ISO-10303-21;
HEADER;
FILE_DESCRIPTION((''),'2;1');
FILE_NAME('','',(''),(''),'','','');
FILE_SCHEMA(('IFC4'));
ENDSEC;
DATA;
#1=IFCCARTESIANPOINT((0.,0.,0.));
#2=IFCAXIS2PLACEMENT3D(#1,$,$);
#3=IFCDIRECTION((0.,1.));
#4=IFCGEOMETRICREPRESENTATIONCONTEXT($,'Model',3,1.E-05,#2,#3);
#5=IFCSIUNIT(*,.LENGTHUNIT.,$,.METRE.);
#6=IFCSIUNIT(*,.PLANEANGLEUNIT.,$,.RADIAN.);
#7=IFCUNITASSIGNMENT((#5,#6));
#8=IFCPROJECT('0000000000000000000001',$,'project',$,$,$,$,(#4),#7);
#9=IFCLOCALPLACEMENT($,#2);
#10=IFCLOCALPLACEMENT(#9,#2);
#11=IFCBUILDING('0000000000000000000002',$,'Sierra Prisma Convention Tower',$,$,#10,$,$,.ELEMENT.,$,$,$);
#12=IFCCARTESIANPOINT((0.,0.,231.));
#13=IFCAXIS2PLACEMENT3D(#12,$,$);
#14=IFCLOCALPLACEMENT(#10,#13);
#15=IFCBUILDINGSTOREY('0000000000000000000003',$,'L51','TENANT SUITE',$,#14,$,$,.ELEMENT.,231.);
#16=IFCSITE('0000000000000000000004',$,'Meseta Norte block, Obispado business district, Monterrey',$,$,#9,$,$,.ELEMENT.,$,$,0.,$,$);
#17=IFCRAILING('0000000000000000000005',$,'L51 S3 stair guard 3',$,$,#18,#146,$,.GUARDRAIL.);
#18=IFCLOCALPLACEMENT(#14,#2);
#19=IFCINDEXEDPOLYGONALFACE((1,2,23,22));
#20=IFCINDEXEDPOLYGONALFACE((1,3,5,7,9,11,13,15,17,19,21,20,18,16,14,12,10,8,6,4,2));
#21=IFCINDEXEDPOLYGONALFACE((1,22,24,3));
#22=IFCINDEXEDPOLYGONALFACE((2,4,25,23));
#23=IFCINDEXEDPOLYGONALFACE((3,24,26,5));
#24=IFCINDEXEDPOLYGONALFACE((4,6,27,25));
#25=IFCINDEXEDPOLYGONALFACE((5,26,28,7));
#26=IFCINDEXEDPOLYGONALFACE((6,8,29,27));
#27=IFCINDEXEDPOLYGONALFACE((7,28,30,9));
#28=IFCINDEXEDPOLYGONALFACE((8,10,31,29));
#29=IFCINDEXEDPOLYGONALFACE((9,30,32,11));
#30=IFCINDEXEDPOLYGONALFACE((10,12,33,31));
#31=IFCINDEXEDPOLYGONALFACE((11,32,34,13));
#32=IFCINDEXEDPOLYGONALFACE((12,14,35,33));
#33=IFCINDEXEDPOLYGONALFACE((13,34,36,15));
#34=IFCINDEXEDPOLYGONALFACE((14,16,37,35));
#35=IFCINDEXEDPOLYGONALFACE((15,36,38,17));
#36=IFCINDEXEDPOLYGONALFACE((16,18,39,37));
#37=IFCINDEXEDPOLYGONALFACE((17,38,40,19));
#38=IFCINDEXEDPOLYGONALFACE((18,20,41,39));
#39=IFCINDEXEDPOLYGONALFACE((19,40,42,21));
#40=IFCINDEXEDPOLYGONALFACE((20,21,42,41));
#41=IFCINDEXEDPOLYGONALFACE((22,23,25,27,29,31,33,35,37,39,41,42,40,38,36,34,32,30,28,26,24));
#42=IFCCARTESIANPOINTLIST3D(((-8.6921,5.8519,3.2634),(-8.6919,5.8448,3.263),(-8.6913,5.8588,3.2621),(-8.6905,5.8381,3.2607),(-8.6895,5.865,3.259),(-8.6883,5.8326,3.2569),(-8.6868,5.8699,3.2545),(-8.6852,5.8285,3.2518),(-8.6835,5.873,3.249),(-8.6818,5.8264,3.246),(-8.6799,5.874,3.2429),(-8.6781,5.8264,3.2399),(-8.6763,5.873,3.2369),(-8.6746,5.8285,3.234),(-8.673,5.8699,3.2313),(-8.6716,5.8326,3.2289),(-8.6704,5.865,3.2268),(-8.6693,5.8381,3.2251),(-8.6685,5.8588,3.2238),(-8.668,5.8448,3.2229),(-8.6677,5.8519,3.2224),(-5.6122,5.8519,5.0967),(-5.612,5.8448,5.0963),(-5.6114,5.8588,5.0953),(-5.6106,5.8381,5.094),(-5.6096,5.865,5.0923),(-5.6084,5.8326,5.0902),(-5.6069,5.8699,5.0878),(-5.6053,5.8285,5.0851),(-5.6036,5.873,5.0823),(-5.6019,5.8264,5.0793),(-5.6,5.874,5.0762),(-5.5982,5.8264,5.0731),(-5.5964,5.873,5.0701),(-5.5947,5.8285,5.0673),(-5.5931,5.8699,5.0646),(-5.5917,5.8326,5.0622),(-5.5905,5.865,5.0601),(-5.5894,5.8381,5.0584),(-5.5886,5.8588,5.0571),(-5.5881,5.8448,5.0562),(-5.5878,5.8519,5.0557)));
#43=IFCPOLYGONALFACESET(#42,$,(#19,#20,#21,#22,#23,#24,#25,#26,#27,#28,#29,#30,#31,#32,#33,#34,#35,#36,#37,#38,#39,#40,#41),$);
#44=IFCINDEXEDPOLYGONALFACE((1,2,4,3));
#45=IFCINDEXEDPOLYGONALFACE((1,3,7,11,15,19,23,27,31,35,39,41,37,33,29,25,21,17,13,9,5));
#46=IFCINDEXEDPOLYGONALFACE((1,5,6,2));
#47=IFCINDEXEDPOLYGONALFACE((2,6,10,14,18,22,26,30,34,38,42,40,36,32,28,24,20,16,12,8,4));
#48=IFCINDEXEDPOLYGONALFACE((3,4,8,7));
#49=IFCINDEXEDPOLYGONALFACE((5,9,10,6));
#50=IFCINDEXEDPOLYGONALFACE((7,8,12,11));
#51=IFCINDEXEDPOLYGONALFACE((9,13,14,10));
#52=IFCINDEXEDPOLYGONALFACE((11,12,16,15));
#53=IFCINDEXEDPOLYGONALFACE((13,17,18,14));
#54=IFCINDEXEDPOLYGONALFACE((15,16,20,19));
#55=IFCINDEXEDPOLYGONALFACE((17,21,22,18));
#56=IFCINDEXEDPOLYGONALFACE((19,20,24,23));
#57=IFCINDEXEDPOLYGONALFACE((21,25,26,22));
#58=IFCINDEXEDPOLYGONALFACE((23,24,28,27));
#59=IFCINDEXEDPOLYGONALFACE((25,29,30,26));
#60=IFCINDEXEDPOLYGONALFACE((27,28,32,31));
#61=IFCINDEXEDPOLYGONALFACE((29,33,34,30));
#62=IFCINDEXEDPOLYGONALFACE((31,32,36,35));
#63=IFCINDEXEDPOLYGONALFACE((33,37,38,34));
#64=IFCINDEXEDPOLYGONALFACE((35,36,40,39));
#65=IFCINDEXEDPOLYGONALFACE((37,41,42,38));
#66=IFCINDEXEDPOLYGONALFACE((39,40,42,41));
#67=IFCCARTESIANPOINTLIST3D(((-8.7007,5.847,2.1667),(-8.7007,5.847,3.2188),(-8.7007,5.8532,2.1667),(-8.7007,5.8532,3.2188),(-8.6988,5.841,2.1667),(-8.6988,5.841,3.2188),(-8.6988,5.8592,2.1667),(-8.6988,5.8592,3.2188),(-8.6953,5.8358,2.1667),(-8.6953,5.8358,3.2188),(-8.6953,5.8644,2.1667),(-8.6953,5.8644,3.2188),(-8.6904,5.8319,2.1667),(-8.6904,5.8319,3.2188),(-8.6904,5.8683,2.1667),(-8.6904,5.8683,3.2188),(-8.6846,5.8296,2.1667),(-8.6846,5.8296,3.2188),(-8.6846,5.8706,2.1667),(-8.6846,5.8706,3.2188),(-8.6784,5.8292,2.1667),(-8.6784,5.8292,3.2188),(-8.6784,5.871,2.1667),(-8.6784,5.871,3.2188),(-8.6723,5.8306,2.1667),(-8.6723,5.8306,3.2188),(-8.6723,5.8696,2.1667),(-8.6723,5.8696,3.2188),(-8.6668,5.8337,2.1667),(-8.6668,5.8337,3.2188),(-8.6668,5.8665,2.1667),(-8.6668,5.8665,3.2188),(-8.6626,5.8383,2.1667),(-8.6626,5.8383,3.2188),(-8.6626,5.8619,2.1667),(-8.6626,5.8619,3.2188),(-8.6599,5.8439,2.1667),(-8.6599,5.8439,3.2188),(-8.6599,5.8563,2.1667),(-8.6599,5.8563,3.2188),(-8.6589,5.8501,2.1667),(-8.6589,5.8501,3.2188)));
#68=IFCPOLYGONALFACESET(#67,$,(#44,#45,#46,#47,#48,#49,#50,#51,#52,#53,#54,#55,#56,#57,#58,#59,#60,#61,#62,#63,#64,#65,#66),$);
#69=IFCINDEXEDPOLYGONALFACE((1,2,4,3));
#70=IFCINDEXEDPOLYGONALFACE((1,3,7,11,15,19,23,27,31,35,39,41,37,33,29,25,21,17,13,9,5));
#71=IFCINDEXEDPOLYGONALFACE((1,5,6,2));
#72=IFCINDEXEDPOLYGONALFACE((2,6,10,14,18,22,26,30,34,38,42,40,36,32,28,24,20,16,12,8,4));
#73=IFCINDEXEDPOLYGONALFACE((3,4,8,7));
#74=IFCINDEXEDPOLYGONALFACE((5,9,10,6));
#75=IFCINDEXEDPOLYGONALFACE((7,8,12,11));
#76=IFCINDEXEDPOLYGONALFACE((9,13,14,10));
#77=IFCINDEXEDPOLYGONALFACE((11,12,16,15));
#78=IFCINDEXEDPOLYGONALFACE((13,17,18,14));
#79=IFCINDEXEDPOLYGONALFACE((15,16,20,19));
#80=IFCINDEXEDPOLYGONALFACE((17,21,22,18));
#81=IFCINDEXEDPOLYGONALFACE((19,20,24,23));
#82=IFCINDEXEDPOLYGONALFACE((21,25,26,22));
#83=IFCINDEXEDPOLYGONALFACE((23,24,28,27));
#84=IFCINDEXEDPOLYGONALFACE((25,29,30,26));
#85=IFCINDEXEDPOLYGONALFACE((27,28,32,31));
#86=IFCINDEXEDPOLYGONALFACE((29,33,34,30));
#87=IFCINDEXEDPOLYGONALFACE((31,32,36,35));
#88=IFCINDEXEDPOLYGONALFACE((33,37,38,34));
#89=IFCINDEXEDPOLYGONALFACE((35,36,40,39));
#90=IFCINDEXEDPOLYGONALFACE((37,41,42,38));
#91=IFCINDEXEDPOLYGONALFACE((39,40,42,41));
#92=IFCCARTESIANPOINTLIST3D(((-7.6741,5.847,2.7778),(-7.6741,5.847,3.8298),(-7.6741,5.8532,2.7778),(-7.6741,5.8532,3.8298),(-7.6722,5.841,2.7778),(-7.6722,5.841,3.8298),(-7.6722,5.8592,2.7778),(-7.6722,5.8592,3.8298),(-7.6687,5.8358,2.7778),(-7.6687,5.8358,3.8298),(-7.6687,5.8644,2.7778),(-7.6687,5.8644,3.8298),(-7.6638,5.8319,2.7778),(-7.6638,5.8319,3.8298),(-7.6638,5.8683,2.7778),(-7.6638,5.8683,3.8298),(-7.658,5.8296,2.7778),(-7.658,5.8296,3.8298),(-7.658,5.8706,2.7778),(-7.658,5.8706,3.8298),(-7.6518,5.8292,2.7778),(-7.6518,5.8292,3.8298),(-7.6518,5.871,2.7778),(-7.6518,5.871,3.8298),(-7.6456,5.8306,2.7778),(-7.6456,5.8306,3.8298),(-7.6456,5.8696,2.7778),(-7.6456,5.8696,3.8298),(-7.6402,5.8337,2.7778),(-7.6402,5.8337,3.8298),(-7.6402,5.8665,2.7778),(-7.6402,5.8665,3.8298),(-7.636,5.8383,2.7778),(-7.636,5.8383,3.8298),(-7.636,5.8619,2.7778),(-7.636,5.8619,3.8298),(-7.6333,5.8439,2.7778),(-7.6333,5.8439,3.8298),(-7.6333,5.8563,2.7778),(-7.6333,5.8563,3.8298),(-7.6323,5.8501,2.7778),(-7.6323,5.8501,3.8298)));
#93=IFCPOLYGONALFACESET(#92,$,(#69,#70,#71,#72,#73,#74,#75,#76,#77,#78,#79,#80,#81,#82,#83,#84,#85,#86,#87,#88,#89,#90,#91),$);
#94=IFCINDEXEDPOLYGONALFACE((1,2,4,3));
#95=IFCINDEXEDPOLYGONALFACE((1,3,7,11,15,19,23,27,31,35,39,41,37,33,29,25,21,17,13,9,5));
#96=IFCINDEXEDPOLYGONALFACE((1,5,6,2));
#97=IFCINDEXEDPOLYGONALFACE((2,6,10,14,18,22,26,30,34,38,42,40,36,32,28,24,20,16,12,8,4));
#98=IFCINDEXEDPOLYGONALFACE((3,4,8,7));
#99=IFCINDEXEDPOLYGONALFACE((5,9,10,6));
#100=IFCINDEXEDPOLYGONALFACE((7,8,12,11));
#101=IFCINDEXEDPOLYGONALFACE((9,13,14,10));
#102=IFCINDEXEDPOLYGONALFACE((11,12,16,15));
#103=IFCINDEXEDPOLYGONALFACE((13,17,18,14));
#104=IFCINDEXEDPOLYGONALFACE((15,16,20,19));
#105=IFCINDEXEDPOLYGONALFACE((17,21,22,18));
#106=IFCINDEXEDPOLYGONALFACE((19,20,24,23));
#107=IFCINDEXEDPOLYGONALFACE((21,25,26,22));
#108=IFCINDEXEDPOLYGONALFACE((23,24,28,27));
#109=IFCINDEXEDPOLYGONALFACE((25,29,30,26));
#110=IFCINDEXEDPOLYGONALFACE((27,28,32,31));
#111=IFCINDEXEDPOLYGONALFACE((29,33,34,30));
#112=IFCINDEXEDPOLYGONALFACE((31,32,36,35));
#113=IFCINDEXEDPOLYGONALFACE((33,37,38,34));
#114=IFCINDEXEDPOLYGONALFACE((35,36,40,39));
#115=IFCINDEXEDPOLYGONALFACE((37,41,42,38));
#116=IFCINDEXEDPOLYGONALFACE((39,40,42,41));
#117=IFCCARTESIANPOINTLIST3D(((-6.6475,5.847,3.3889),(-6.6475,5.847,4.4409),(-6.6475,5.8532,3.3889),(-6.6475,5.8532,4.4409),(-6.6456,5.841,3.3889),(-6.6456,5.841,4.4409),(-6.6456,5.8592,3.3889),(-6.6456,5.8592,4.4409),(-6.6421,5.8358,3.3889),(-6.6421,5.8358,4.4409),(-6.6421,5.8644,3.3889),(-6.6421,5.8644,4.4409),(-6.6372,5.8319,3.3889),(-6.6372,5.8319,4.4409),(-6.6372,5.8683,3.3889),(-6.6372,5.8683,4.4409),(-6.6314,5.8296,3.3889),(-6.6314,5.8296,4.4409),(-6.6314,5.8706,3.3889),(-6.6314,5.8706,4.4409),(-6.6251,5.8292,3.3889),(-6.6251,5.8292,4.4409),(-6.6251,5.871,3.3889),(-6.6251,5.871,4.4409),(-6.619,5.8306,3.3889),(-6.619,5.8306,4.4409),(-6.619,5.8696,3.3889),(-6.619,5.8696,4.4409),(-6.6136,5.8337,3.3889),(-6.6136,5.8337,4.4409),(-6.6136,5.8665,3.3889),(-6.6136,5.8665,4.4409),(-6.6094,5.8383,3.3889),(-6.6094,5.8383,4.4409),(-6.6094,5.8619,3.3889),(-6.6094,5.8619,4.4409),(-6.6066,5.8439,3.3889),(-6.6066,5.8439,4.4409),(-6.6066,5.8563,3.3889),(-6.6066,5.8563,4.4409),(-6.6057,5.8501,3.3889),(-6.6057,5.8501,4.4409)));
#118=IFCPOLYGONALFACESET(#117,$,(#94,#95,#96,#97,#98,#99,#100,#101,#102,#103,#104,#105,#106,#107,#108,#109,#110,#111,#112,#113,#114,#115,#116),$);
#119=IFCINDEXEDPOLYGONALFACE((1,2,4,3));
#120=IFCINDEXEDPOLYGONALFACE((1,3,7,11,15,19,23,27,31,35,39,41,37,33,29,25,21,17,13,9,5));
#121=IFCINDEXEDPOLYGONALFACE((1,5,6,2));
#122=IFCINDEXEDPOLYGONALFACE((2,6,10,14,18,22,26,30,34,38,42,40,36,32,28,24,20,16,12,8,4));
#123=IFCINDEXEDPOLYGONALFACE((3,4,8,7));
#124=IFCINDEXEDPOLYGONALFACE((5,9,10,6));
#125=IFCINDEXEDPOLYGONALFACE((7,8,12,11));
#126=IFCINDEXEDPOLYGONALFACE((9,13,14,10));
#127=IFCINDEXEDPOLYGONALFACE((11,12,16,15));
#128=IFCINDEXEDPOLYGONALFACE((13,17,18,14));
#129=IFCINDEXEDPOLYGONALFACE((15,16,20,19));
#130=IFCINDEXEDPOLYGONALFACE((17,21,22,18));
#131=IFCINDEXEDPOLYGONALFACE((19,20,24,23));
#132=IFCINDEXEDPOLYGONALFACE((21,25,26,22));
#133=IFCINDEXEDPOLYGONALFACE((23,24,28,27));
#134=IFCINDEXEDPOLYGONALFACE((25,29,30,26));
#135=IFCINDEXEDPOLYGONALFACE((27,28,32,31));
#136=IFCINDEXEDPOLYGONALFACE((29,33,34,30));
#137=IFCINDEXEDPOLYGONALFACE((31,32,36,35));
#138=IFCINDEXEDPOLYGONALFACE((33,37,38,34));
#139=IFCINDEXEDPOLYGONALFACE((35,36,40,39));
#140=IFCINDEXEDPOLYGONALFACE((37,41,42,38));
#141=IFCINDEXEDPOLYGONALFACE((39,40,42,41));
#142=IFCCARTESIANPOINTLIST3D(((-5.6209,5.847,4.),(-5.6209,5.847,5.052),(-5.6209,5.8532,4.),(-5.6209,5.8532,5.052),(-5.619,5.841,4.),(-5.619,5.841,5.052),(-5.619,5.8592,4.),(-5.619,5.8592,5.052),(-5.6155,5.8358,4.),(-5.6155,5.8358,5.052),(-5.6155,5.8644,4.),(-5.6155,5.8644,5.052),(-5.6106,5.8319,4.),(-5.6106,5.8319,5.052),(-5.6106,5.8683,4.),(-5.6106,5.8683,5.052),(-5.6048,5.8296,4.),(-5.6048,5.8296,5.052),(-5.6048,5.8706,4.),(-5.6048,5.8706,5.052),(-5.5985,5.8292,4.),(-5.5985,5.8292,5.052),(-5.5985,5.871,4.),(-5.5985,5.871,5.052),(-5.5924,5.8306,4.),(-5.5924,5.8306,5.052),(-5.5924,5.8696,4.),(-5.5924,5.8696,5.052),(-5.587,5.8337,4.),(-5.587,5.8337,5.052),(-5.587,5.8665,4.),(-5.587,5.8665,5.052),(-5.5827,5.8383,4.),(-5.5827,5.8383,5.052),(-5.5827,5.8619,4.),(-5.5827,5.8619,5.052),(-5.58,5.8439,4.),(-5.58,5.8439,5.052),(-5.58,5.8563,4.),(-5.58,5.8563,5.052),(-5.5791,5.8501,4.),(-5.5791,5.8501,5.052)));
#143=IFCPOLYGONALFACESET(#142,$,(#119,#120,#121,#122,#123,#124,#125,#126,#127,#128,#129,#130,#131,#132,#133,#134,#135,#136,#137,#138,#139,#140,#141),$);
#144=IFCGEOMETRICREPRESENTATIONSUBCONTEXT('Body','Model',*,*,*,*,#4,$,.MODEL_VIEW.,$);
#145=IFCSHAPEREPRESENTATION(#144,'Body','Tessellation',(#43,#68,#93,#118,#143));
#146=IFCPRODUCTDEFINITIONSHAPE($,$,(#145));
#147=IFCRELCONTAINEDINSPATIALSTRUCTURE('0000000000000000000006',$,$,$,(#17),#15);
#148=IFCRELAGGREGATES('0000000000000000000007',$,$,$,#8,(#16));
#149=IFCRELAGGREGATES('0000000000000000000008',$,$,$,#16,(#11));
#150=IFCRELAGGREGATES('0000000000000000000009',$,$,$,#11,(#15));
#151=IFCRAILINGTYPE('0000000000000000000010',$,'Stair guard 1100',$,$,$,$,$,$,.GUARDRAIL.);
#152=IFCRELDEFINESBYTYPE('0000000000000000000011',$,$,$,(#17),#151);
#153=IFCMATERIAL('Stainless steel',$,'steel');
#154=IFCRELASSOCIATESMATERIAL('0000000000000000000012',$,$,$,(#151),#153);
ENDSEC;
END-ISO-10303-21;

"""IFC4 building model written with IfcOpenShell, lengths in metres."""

from ifc_helpers import new_model, si_unit, direction, frame, origin, origin_2d, place, context, subcontext, project, spatial, circle, extrude, material, type_object, element, save


model = new_model("IFC4")

# Units and contexts
model_context = context("Model", 3, precision=1e-05, world=origin(), true_north=direction((0.0, 1.0)))
body_context = subcontext(model_context, "Body", "Model", "MODEL_VIEW")
ifc_project = project(units=[si_unit("LENGTHUNIT", "METRE"), si_unit("PLANEANGLEUNIT", "RADIAN")], contexts=[model_context])

# Site, building, storey
site_placement = place(None, origin())
site = spatial("IfcSite", under=ifc_project, at=site_placement, Name="Meseta Norte block, Obispado business district, Monterrey", CompositionType="ELEMENT", RefElevation=0.0)
building_placement = place(site_placement, origin())
building = spatial("IfcBuilding", under=site, at=building_placement, Name="Sierra Prisma Convention Tower", CompositionType="ELEMENT")
storey_placement = place(building_placement, frame((0.0, 0.0, 231.0)))
storey = spatial("IfcBuildingStorey", under=building, at=storey_placement, Name="L51", Description="TENANT SUITE", CompositionType="ELEMENT", Elevation=231.0)

# Railing
ifc_material_1 = material(Name="Stainless steel", Category="steel")
railing_type_1 = type_object("IfcRailingType", Name="Stair guard 1100", PredefinedType="GUARDRAIL", material=ifc_material_1)
railing_1_placement = place(storey_placement, frame((-8.6799, 5.8501, 2.1667)))
element("IfcRailing", 1, at=railing_1_placement, inside=storey, type_object=railing_type_1, Name="L51 S3 stair guard 3", PredefinedType="GUARDRAIL", context=body_context, shape_type="SweptSolid", body=[
    extrude(circle(Radius=0.0239, at=origin_2d()), frame((0.0, 0.0, 1.0762), z_axis=(0.859291, 0.0, 0.511487), x_axis=(0.0, 1.0, 0.0)), (0.0, 0.0, 1.0), 3.5842),
    extrude(circle(Radius=0.021, at=origin_2d()), origin(), (0.0, 0.0, 1.0), 1.052),
    extrude(circle(Radius=0.021, at=origin_2d()), frame((1.0266, 0.0, 0.6111)), (0.0, 0.0, 1.0), 1.052),
    extrude(circle(Radius=0.021, at=origin_2d()), frame((2.0532, 0.0, 1.2222)), (0.0, 0.0, 1.0), 1.052),
    extrude(circle(Radius=0.021, at=origin_2d()), frame((3.0798, 0.0, 1.8333)), (0.0, 0.0, 1.0), 1.052),
])

save(model, "model.ifc")
